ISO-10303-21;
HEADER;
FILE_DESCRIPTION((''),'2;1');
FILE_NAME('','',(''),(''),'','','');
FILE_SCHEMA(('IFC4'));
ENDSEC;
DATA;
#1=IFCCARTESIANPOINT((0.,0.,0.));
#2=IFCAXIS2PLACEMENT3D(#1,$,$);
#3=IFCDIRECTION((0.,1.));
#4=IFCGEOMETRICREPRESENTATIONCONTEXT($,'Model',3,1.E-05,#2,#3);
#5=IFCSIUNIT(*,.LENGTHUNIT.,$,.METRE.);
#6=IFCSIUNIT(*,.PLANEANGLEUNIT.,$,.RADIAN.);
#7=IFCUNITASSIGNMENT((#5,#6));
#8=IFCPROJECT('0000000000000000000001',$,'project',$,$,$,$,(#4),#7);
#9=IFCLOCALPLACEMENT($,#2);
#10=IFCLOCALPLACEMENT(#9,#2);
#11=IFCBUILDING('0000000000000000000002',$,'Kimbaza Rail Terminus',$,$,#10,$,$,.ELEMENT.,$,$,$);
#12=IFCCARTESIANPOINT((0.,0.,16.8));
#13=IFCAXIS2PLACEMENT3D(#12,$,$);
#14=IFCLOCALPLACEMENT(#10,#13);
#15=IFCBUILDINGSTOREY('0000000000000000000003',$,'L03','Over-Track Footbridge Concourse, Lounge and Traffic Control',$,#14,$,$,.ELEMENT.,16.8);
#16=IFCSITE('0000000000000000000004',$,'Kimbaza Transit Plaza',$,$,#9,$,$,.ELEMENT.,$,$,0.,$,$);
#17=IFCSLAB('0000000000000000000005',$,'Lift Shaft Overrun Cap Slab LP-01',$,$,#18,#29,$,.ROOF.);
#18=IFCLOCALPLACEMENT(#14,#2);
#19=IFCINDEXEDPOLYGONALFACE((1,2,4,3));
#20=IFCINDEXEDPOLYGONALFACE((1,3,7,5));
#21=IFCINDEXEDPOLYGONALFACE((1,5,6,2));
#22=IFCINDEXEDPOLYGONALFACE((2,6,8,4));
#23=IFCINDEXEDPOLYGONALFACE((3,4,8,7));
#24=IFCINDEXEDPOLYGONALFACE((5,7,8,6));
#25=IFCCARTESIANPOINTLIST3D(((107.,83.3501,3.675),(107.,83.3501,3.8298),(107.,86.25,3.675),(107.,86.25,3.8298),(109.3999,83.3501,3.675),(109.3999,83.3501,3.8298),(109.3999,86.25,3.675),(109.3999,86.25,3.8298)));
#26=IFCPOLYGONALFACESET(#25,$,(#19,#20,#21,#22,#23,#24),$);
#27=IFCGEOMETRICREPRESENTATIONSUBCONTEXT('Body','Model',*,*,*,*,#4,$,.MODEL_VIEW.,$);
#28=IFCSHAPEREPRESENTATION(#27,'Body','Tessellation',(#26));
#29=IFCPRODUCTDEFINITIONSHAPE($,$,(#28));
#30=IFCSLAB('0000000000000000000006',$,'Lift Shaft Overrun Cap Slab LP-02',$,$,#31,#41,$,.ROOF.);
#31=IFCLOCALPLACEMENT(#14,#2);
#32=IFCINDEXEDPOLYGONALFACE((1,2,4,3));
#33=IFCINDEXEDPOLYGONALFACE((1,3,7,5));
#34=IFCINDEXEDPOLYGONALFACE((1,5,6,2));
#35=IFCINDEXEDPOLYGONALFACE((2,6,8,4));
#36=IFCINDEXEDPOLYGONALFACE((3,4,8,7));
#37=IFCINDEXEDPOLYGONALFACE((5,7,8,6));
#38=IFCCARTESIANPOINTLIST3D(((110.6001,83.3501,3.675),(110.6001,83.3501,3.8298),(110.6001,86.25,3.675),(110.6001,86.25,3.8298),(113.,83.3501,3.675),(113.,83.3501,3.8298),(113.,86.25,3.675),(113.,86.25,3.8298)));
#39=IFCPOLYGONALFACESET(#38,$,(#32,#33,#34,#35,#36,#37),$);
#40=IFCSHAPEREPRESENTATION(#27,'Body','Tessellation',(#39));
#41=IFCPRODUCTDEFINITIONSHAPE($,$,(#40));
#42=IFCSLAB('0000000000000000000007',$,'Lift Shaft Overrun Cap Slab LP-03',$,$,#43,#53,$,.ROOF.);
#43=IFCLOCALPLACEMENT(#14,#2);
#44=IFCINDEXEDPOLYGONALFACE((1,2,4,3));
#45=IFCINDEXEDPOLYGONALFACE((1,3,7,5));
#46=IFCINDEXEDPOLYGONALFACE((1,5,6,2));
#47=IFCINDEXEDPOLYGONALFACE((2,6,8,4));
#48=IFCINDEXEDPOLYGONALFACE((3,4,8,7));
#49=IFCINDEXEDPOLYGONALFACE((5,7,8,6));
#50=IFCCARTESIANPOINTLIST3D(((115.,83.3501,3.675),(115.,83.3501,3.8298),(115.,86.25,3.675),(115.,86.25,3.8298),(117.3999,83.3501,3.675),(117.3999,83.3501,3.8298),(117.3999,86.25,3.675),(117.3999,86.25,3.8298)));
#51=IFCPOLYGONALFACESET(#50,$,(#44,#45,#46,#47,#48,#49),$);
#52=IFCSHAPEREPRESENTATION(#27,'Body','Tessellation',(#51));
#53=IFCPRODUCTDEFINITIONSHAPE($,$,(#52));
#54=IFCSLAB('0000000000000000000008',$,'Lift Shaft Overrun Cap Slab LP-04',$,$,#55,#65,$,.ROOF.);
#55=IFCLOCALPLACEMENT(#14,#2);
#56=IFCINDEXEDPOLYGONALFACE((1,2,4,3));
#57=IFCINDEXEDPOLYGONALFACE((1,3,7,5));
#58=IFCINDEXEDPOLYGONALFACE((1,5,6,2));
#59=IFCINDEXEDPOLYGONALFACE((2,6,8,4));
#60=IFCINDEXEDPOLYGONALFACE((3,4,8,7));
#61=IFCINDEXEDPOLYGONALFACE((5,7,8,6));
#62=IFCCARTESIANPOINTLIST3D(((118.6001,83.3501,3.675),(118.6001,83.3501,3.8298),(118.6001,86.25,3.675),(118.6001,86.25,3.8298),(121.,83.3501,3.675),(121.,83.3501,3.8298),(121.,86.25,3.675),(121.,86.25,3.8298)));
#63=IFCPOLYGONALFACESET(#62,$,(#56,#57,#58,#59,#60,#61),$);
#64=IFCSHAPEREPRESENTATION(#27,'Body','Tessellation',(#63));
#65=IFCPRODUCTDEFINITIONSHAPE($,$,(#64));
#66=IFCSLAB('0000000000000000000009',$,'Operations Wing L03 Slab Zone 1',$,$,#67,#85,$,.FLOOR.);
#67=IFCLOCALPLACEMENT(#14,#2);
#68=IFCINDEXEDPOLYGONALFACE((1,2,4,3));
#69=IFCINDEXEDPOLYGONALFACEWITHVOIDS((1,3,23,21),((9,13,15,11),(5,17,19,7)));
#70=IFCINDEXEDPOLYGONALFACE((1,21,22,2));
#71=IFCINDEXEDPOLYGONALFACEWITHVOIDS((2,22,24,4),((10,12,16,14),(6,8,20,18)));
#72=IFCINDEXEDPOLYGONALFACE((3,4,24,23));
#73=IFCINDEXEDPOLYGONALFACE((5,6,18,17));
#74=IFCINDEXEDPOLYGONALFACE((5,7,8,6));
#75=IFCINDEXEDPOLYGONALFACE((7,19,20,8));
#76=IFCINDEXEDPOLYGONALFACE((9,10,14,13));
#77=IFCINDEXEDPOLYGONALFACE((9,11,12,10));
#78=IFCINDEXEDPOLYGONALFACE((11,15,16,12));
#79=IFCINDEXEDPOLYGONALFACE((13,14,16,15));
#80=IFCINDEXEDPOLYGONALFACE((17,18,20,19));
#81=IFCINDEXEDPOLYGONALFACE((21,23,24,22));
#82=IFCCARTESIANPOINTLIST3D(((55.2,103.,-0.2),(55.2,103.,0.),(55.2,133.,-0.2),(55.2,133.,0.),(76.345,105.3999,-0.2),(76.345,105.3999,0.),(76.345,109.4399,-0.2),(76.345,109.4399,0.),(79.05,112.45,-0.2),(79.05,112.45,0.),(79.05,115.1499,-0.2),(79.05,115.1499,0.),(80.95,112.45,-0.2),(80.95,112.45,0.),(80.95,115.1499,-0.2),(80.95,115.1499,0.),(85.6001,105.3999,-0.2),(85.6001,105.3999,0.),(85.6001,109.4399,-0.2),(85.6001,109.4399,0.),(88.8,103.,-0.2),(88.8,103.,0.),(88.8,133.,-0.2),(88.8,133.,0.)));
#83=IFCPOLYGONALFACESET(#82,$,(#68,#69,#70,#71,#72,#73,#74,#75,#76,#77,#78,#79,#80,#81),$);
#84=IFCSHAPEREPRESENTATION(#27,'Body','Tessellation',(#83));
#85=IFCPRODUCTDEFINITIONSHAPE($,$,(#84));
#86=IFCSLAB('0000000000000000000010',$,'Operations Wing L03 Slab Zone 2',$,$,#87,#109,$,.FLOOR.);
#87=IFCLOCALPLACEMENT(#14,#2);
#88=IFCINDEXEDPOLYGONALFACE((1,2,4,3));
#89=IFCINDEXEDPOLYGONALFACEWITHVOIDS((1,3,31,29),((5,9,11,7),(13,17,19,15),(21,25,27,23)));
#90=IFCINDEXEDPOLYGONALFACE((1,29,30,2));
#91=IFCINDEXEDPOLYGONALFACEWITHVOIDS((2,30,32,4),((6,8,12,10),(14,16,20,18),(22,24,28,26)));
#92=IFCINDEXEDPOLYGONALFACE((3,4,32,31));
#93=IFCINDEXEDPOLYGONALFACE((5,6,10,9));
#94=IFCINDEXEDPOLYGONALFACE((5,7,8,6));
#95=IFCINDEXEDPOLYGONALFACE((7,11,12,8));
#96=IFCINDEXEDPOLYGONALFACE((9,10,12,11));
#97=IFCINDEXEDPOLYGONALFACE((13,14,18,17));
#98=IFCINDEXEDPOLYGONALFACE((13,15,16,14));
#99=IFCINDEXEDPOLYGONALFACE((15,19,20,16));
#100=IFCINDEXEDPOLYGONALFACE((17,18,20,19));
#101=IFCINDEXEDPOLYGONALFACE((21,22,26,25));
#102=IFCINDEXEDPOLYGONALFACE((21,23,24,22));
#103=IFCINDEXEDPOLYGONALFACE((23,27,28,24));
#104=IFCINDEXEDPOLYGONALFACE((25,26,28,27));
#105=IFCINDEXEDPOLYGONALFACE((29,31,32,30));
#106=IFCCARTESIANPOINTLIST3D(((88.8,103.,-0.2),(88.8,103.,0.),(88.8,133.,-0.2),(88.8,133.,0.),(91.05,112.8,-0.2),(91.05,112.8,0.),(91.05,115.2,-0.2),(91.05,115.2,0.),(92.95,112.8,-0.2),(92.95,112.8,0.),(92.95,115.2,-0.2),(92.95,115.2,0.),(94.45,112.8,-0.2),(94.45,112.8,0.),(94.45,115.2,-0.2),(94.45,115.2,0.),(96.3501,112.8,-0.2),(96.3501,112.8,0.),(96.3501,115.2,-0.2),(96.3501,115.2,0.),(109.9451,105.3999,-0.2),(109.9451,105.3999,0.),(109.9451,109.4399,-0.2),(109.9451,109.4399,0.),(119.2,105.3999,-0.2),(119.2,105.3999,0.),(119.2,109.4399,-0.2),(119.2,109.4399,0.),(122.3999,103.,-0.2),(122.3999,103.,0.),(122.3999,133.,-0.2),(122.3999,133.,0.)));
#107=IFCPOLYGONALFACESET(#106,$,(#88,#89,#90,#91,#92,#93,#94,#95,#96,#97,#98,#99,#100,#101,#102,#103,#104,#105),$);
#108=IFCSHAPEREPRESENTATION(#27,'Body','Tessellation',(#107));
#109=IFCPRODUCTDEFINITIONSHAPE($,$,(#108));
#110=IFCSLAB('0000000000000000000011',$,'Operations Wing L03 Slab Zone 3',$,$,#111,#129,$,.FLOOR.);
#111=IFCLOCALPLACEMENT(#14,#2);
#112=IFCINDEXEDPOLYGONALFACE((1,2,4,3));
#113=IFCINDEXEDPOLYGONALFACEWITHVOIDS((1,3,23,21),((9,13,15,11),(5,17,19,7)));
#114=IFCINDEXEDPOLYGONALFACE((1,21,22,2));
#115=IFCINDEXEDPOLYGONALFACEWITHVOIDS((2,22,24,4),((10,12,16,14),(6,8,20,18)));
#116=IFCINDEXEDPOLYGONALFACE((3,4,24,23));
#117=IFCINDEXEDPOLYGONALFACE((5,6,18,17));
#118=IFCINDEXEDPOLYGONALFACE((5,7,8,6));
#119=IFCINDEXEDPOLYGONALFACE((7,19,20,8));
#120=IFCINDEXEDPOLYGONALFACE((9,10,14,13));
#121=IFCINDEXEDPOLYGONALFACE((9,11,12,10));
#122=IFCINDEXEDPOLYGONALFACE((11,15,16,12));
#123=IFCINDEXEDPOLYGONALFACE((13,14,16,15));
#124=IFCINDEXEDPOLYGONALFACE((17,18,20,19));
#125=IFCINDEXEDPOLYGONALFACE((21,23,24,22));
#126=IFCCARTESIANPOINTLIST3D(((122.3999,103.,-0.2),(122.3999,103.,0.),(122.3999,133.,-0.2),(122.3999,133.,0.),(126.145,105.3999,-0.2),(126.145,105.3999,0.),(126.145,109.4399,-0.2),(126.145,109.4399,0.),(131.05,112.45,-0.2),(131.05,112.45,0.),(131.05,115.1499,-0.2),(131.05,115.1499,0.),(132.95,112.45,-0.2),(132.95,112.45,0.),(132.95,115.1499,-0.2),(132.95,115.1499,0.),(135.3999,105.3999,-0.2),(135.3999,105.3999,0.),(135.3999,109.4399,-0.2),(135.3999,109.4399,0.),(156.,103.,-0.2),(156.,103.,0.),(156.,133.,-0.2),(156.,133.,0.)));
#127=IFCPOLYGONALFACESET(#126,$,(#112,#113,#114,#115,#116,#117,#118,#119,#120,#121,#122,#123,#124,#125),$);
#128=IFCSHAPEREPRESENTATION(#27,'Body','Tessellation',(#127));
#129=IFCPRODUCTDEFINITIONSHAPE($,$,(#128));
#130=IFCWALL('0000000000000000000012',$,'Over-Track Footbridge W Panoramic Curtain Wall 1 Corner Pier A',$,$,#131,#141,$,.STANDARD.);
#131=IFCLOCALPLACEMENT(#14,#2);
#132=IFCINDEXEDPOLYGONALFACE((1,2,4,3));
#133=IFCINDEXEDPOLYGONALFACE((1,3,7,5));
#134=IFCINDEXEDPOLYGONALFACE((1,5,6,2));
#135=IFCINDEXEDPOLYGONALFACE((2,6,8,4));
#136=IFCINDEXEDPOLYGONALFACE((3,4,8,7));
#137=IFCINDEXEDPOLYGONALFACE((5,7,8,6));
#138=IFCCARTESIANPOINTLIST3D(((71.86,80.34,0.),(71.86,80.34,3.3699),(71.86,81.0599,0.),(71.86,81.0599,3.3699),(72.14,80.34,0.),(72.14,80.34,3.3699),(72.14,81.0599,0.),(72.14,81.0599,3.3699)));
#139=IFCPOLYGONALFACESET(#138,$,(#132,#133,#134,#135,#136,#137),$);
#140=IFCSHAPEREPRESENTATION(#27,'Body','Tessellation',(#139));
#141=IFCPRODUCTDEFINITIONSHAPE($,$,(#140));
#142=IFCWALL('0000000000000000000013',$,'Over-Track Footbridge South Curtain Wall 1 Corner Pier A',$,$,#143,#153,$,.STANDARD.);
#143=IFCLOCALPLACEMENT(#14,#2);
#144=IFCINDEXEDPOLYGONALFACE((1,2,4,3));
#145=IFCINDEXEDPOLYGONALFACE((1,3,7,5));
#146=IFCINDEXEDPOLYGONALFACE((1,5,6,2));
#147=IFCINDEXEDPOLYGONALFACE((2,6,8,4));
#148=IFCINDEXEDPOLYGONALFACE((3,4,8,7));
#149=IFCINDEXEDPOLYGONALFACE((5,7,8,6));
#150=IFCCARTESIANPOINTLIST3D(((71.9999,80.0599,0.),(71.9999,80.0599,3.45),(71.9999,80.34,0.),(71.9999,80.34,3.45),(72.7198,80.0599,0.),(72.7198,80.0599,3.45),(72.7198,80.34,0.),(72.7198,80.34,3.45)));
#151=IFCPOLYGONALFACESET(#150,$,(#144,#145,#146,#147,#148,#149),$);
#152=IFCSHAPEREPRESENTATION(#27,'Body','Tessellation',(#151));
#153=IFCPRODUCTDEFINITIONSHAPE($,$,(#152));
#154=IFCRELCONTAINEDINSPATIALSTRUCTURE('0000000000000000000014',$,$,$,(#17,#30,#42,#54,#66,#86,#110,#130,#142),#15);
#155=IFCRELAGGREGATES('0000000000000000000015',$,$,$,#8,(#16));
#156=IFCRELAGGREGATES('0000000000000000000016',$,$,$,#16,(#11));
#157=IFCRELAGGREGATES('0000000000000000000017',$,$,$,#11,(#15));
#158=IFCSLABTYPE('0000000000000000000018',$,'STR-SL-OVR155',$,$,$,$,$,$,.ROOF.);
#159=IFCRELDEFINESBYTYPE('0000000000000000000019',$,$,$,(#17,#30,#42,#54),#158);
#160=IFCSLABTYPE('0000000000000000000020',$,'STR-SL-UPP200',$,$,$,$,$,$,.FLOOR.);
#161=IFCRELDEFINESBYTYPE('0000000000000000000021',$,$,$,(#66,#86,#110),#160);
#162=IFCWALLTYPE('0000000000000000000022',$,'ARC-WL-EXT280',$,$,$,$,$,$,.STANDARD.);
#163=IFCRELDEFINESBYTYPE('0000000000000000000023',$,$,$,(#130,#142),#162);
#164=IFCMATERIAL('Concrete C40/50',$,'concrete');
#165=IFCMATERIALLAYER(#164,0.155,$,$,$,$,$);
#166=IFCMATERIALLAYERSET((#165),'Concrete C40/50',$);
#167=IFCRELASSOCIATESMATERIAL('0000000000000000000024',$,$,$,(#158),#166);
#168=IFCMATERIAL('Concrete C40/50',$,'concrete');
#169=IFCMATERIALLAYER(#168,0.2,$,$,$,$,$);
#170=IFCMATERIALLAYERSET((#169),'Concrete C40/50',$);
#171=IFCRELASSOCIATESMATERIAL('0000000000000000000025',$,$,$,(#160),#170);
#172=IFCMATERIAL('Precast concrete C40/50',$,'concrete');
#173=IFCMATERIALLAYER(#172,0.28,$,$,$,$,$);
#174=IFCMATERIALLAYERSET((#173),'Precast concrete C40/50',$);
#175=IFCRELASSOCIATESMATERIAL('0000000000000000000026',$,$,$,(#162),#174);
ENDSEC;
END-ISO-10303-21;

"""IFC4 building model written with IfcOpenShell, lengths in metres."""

from ifc_helpers import new_model, si_unit, direction, frame, frame_2d, origin, place, context, subcontext, project, spatial, polyline, rectangle, outline, extrude, material, layer, layer_set, type_object, element, save


model = new_model("IFC4")

# Units and contexts
model_context = context("Model", 3, precision=1e-05, world=origin(), true_north=direction((0.0, 1.0)))
body_context = subcontext(model_context, "Body", "Model", "MODEL_VIEW")
ifc_project = project(units=[si_unit("LENGTHUNIT", "METRE"), si_unit("PLANEANGLEUNIT", "RADIAN")], contexts=[model_context])

# Site, building, storey
site_placement = place(None, origin())
site = spatial("IfcSite", under=ifc_project, at=site_placement, Name="Kimbaza Transit Plaza", CompositionType="ELEMENT", RefElevation=0.0)
building_placement = place(site_placement, origin())
building = spatial("IfcBuilding", under=site, at=building_placement, Name="Kimbaza Rail Terminus", CompositionType="ELEMENT")
storey_placement = place(building_placement, frame((0.0, 0.0, 16.8)))
storey = spatial("IfcBuildingStorey", under=building, at=storey_placement, Name="L03", Description="Over-Track Footbridge Concourse, Lounge and Traffic Control", CompositionType="ELEMENT", Elevation=16.8)

# Slabs
ifc_material_1 = material(Name="Concrete C40/50", Category="concrete")
ifc_layer_1 = layer(ifc_material_1, 0.155)
ifc_layer_set_1 = layer_set([ifc_layer_1], Name="Concrete C40/50")
slab_type_1 = type_object("IfcSlabType", Name="STR-SL-OVR155", PredefinedType="ROOF", material=ifc_layer_set_1)
slab_1_placement = place(storey_placement, frame((0.0, 0.0, 3.675)))
element("IfcSlab", 1, at=slab_1_placement, inside=storey, type_object=slab_type_1, Name="Lift Shaft Overrun Cap Slab LP-01", PredefinedType="ROOF", context=body_context, shape_type="SweptSolid", body=[
    extrude(outline(polyline([(107.0, 83.3501), (109.3999, 83.3501), (109.3999, 86.25), (107.0, 86.25), (107.0, 83.3501)])), origin(), (0.0, 0.0, 1.0), 0.1548),
])
slab_2_placement = place(storey_placement, frame((0.0, 0.0, 3.675)))
element("IfcSlab", 2, at=slab_2_placement, inside=storey, type_object=slab_type_1, Name="Lift Shaft Overrun Cap Slab LP-02", PredefinedType="ROOF", context=body_context, shape_type="SweptSolid", body=[
    extrude(outline(polyline([(110.6001, 83.3501), (113.0, 83.3501), (113.0, 86.25), (110.6001, 86.25), (110.6001, 83.3501)])), origin(), (0.0, 0.0, 1.0), 0.1548),
])
slab_3_placement = place(storey_placement, frame((0.0, 0.0, 3.675)))
element("IfcSlab", 3, at=slab_3_placement, inside=storey, type_object=slab_type_1, Name="Lift Shaft Overrun Cap Slab LP-03", PredefinedType="ROOF", context=body_context, shape_type="SweptSolid", body=[
    extrude(outline(polyline([(115.0, 83.3501), (117.3999, 83.3501), (117.3999, 86.25), (115.0, 86.25), (115.0, 83.3501)])), origin(), (0.0, 0.0, 1.0), 0.1548),
])
slab_4_placement = place(storey_placement, frame((0.0, 0.0, 3.675)))
element("IfcSlab", 4, at=slab_4_placement, inside=storey, type_object=slab_type_1, Name="Lift Shaft Overrun Cap Slab LP-04", PredefinedType="ROOF", context=body_context, shape_type="SweptSolid", body=[
    extrude(outline(polyline([(118.6001, 83.3501), (121.0, 83.3501), (121.0, 86.25), (118.6001, 86.25), (118.6001, 83.3501)])), origin(), (0.0, 0.0, 1.0), 0.1548),
])
ifc_material_2 = material(Name="Concrete C40/50", Category="concrete")
ifc_layer_2 = layer(ifc_material_2, 0.2)
ifc_layer_set_2 = layer_set([ifc_layer_2], Name="Concrete C40/50")
slab_type_2 = type_object("IfcSlabType", Name="STR-SL-UPP200", PredefinedType="FLOOR", material=ifc_layer_set_2)
slab_5_placement = place(storey_placement, frame((0.0, 0.0, -0.2)))
element("IfcSlab", 5, at=slab_5_placement, inside=storey, type_object=slab_type_2, Name="Operations Wing L03 Slab Zone 1", PredefinedType="FLOOR", context=body_context, shape_type="SweptSolid", body=[
    extrude(outline(polyline([(55.2, 103.0), (88.8, 103.0), (88.8, 133.0), (55.2, 133.0), (55.2, 103.0)]), holes=[polyline([(76.345, 105.3999), (85.6001, 105.3999), (85.6001, 109.4399), (76.345, 109.4399), (76.345, 105.3999)]), polyline([(79.05, 112.45), (80.95, 112.45), (80.95, 115.1499), (79.05, 115.1499), (79.05, 112.45)])]), origin(), (0.0, 0.0, 1.0), 0.2),
])
slab_6_placement = place(storey_placement, frame((0.0, 0.0, -0.2)))
element("IfcSlab", 6, at=slab_6_placement, inside=storey, type_object=slab_type_2, Name="Operations Wing L03 Slab Zone 2", PredefinedType="FLOOR", context=body_context, shape_type="SweptSolid", body=[
    extrude(outline(polyline([(88.8, 103.0), (122.3999, 103.0), (122.3999, 133.0), (88.8, 133.0), (88.8, 103.0)]), holes=[polyline([(109.9451, 105.3999), (119.2, 105.3999), (119.2, 109.4399), (109.9451, 109.4399), (109.9451, 105.3999)]), polyline([(91.05, 112.8), (92.95, 112.8), (92.95, 115.2), (91.05, 115.2), (91.05, 112.8)]), polyline([(94.45, 112.8), (96.3501, 112.8), (96.3501, 115.2), (94.45, 115.2), (94.45, 112.8)])]), origin(), (0.0, 0.0, 1.0), 0.2),
])
slab_7_placement = place(storey_placement, frame((0.0, 0.0, -0.2)))
element("IfcSlab", 7, at=slab_7_placement, inside=storey, type_object=slab_type_2, Name="Operations Wing L03 Slab Zone 3", PredefinedType="FLOOR", context=body_context, shape_type="SweptSolid", body=[
    extrude(outline(polyline([(122.3999, 103.0), (156.0, 103.0), (156.0, 133.0), (122.3999, 133.0), (122.3999, 103.0)]), holes=[polyline([(126.145, 105.3999), (135.3999, 105.3999), (135.3999, 109.4399), (126.145, 109.4399), (126.145, 105.3999)]), polyline([(131.05, 112.45), (132.95, 112.45), (132.95, 115.1499), (131.05, 115.1499), (131.05, 112.45)])]), origin(), (0.0, 0.0, 1.0), 0.2),
])

# Walls
ifc_material_3 = material(Name="Precast concrete C40/50", Category="concrete")
ifc_layer_3 = layer(ifc_material_3, 0.28)
ifc_layer_set_3 = layer_set([ifc_layer_3], Name="Precast concrete C40/50")
wall_type = type_object("IfcWallType", Name="ARC-WL-EXT280", PredefinedType="STANDARD", material=ifc_layer_set_3)
wall_1_placement = place(storey_placement, frame((72.0, 80.3401, 0.0), z_axis=(0.0, 0.0, 1.0), x_axis=(0.0, 1.0, 0.0)))
element("IfcWall", 8, at=wall_1_placement, inside=storey, type_object=wall_type, Name="Over-Track Footbridge W Panoramic Curtain Wall 1 Corner Pier A", PredefinedType="STANDARD", context=body_context, shape_type="SweptSolid", body=[
    extrude(rectangle(XDim=0.72, YDim=0.28, at=frame_2d((0.3599, 0.0))), origin(), (0.0, 0.0, 1.0), 3.3699),
])
wall_2_placement = place(storey_placement, frame((72.0, 80.2, 0.0), z_axis=(0.0, 0.0, 1.0), x_axis=(1.0, 0.0, 0.0)))
element("IfcWall", 9, at=wall_2_placement, inside=storey, type_object=wall_type, Name="Over-Track Footbridge South Curtain Wall 1 Corner Pier A", PredefinedType="STANDARD", context=body_context, shape_type="SweptSolid", body=[
    extrude(rectangle(XDim=0.72, YDim=0.28, at=frame_2d((0.3599, 0.0))), origin(), (0.0, 0.0, 1.0), 3.45),
])

save(model, "model.ifc")
